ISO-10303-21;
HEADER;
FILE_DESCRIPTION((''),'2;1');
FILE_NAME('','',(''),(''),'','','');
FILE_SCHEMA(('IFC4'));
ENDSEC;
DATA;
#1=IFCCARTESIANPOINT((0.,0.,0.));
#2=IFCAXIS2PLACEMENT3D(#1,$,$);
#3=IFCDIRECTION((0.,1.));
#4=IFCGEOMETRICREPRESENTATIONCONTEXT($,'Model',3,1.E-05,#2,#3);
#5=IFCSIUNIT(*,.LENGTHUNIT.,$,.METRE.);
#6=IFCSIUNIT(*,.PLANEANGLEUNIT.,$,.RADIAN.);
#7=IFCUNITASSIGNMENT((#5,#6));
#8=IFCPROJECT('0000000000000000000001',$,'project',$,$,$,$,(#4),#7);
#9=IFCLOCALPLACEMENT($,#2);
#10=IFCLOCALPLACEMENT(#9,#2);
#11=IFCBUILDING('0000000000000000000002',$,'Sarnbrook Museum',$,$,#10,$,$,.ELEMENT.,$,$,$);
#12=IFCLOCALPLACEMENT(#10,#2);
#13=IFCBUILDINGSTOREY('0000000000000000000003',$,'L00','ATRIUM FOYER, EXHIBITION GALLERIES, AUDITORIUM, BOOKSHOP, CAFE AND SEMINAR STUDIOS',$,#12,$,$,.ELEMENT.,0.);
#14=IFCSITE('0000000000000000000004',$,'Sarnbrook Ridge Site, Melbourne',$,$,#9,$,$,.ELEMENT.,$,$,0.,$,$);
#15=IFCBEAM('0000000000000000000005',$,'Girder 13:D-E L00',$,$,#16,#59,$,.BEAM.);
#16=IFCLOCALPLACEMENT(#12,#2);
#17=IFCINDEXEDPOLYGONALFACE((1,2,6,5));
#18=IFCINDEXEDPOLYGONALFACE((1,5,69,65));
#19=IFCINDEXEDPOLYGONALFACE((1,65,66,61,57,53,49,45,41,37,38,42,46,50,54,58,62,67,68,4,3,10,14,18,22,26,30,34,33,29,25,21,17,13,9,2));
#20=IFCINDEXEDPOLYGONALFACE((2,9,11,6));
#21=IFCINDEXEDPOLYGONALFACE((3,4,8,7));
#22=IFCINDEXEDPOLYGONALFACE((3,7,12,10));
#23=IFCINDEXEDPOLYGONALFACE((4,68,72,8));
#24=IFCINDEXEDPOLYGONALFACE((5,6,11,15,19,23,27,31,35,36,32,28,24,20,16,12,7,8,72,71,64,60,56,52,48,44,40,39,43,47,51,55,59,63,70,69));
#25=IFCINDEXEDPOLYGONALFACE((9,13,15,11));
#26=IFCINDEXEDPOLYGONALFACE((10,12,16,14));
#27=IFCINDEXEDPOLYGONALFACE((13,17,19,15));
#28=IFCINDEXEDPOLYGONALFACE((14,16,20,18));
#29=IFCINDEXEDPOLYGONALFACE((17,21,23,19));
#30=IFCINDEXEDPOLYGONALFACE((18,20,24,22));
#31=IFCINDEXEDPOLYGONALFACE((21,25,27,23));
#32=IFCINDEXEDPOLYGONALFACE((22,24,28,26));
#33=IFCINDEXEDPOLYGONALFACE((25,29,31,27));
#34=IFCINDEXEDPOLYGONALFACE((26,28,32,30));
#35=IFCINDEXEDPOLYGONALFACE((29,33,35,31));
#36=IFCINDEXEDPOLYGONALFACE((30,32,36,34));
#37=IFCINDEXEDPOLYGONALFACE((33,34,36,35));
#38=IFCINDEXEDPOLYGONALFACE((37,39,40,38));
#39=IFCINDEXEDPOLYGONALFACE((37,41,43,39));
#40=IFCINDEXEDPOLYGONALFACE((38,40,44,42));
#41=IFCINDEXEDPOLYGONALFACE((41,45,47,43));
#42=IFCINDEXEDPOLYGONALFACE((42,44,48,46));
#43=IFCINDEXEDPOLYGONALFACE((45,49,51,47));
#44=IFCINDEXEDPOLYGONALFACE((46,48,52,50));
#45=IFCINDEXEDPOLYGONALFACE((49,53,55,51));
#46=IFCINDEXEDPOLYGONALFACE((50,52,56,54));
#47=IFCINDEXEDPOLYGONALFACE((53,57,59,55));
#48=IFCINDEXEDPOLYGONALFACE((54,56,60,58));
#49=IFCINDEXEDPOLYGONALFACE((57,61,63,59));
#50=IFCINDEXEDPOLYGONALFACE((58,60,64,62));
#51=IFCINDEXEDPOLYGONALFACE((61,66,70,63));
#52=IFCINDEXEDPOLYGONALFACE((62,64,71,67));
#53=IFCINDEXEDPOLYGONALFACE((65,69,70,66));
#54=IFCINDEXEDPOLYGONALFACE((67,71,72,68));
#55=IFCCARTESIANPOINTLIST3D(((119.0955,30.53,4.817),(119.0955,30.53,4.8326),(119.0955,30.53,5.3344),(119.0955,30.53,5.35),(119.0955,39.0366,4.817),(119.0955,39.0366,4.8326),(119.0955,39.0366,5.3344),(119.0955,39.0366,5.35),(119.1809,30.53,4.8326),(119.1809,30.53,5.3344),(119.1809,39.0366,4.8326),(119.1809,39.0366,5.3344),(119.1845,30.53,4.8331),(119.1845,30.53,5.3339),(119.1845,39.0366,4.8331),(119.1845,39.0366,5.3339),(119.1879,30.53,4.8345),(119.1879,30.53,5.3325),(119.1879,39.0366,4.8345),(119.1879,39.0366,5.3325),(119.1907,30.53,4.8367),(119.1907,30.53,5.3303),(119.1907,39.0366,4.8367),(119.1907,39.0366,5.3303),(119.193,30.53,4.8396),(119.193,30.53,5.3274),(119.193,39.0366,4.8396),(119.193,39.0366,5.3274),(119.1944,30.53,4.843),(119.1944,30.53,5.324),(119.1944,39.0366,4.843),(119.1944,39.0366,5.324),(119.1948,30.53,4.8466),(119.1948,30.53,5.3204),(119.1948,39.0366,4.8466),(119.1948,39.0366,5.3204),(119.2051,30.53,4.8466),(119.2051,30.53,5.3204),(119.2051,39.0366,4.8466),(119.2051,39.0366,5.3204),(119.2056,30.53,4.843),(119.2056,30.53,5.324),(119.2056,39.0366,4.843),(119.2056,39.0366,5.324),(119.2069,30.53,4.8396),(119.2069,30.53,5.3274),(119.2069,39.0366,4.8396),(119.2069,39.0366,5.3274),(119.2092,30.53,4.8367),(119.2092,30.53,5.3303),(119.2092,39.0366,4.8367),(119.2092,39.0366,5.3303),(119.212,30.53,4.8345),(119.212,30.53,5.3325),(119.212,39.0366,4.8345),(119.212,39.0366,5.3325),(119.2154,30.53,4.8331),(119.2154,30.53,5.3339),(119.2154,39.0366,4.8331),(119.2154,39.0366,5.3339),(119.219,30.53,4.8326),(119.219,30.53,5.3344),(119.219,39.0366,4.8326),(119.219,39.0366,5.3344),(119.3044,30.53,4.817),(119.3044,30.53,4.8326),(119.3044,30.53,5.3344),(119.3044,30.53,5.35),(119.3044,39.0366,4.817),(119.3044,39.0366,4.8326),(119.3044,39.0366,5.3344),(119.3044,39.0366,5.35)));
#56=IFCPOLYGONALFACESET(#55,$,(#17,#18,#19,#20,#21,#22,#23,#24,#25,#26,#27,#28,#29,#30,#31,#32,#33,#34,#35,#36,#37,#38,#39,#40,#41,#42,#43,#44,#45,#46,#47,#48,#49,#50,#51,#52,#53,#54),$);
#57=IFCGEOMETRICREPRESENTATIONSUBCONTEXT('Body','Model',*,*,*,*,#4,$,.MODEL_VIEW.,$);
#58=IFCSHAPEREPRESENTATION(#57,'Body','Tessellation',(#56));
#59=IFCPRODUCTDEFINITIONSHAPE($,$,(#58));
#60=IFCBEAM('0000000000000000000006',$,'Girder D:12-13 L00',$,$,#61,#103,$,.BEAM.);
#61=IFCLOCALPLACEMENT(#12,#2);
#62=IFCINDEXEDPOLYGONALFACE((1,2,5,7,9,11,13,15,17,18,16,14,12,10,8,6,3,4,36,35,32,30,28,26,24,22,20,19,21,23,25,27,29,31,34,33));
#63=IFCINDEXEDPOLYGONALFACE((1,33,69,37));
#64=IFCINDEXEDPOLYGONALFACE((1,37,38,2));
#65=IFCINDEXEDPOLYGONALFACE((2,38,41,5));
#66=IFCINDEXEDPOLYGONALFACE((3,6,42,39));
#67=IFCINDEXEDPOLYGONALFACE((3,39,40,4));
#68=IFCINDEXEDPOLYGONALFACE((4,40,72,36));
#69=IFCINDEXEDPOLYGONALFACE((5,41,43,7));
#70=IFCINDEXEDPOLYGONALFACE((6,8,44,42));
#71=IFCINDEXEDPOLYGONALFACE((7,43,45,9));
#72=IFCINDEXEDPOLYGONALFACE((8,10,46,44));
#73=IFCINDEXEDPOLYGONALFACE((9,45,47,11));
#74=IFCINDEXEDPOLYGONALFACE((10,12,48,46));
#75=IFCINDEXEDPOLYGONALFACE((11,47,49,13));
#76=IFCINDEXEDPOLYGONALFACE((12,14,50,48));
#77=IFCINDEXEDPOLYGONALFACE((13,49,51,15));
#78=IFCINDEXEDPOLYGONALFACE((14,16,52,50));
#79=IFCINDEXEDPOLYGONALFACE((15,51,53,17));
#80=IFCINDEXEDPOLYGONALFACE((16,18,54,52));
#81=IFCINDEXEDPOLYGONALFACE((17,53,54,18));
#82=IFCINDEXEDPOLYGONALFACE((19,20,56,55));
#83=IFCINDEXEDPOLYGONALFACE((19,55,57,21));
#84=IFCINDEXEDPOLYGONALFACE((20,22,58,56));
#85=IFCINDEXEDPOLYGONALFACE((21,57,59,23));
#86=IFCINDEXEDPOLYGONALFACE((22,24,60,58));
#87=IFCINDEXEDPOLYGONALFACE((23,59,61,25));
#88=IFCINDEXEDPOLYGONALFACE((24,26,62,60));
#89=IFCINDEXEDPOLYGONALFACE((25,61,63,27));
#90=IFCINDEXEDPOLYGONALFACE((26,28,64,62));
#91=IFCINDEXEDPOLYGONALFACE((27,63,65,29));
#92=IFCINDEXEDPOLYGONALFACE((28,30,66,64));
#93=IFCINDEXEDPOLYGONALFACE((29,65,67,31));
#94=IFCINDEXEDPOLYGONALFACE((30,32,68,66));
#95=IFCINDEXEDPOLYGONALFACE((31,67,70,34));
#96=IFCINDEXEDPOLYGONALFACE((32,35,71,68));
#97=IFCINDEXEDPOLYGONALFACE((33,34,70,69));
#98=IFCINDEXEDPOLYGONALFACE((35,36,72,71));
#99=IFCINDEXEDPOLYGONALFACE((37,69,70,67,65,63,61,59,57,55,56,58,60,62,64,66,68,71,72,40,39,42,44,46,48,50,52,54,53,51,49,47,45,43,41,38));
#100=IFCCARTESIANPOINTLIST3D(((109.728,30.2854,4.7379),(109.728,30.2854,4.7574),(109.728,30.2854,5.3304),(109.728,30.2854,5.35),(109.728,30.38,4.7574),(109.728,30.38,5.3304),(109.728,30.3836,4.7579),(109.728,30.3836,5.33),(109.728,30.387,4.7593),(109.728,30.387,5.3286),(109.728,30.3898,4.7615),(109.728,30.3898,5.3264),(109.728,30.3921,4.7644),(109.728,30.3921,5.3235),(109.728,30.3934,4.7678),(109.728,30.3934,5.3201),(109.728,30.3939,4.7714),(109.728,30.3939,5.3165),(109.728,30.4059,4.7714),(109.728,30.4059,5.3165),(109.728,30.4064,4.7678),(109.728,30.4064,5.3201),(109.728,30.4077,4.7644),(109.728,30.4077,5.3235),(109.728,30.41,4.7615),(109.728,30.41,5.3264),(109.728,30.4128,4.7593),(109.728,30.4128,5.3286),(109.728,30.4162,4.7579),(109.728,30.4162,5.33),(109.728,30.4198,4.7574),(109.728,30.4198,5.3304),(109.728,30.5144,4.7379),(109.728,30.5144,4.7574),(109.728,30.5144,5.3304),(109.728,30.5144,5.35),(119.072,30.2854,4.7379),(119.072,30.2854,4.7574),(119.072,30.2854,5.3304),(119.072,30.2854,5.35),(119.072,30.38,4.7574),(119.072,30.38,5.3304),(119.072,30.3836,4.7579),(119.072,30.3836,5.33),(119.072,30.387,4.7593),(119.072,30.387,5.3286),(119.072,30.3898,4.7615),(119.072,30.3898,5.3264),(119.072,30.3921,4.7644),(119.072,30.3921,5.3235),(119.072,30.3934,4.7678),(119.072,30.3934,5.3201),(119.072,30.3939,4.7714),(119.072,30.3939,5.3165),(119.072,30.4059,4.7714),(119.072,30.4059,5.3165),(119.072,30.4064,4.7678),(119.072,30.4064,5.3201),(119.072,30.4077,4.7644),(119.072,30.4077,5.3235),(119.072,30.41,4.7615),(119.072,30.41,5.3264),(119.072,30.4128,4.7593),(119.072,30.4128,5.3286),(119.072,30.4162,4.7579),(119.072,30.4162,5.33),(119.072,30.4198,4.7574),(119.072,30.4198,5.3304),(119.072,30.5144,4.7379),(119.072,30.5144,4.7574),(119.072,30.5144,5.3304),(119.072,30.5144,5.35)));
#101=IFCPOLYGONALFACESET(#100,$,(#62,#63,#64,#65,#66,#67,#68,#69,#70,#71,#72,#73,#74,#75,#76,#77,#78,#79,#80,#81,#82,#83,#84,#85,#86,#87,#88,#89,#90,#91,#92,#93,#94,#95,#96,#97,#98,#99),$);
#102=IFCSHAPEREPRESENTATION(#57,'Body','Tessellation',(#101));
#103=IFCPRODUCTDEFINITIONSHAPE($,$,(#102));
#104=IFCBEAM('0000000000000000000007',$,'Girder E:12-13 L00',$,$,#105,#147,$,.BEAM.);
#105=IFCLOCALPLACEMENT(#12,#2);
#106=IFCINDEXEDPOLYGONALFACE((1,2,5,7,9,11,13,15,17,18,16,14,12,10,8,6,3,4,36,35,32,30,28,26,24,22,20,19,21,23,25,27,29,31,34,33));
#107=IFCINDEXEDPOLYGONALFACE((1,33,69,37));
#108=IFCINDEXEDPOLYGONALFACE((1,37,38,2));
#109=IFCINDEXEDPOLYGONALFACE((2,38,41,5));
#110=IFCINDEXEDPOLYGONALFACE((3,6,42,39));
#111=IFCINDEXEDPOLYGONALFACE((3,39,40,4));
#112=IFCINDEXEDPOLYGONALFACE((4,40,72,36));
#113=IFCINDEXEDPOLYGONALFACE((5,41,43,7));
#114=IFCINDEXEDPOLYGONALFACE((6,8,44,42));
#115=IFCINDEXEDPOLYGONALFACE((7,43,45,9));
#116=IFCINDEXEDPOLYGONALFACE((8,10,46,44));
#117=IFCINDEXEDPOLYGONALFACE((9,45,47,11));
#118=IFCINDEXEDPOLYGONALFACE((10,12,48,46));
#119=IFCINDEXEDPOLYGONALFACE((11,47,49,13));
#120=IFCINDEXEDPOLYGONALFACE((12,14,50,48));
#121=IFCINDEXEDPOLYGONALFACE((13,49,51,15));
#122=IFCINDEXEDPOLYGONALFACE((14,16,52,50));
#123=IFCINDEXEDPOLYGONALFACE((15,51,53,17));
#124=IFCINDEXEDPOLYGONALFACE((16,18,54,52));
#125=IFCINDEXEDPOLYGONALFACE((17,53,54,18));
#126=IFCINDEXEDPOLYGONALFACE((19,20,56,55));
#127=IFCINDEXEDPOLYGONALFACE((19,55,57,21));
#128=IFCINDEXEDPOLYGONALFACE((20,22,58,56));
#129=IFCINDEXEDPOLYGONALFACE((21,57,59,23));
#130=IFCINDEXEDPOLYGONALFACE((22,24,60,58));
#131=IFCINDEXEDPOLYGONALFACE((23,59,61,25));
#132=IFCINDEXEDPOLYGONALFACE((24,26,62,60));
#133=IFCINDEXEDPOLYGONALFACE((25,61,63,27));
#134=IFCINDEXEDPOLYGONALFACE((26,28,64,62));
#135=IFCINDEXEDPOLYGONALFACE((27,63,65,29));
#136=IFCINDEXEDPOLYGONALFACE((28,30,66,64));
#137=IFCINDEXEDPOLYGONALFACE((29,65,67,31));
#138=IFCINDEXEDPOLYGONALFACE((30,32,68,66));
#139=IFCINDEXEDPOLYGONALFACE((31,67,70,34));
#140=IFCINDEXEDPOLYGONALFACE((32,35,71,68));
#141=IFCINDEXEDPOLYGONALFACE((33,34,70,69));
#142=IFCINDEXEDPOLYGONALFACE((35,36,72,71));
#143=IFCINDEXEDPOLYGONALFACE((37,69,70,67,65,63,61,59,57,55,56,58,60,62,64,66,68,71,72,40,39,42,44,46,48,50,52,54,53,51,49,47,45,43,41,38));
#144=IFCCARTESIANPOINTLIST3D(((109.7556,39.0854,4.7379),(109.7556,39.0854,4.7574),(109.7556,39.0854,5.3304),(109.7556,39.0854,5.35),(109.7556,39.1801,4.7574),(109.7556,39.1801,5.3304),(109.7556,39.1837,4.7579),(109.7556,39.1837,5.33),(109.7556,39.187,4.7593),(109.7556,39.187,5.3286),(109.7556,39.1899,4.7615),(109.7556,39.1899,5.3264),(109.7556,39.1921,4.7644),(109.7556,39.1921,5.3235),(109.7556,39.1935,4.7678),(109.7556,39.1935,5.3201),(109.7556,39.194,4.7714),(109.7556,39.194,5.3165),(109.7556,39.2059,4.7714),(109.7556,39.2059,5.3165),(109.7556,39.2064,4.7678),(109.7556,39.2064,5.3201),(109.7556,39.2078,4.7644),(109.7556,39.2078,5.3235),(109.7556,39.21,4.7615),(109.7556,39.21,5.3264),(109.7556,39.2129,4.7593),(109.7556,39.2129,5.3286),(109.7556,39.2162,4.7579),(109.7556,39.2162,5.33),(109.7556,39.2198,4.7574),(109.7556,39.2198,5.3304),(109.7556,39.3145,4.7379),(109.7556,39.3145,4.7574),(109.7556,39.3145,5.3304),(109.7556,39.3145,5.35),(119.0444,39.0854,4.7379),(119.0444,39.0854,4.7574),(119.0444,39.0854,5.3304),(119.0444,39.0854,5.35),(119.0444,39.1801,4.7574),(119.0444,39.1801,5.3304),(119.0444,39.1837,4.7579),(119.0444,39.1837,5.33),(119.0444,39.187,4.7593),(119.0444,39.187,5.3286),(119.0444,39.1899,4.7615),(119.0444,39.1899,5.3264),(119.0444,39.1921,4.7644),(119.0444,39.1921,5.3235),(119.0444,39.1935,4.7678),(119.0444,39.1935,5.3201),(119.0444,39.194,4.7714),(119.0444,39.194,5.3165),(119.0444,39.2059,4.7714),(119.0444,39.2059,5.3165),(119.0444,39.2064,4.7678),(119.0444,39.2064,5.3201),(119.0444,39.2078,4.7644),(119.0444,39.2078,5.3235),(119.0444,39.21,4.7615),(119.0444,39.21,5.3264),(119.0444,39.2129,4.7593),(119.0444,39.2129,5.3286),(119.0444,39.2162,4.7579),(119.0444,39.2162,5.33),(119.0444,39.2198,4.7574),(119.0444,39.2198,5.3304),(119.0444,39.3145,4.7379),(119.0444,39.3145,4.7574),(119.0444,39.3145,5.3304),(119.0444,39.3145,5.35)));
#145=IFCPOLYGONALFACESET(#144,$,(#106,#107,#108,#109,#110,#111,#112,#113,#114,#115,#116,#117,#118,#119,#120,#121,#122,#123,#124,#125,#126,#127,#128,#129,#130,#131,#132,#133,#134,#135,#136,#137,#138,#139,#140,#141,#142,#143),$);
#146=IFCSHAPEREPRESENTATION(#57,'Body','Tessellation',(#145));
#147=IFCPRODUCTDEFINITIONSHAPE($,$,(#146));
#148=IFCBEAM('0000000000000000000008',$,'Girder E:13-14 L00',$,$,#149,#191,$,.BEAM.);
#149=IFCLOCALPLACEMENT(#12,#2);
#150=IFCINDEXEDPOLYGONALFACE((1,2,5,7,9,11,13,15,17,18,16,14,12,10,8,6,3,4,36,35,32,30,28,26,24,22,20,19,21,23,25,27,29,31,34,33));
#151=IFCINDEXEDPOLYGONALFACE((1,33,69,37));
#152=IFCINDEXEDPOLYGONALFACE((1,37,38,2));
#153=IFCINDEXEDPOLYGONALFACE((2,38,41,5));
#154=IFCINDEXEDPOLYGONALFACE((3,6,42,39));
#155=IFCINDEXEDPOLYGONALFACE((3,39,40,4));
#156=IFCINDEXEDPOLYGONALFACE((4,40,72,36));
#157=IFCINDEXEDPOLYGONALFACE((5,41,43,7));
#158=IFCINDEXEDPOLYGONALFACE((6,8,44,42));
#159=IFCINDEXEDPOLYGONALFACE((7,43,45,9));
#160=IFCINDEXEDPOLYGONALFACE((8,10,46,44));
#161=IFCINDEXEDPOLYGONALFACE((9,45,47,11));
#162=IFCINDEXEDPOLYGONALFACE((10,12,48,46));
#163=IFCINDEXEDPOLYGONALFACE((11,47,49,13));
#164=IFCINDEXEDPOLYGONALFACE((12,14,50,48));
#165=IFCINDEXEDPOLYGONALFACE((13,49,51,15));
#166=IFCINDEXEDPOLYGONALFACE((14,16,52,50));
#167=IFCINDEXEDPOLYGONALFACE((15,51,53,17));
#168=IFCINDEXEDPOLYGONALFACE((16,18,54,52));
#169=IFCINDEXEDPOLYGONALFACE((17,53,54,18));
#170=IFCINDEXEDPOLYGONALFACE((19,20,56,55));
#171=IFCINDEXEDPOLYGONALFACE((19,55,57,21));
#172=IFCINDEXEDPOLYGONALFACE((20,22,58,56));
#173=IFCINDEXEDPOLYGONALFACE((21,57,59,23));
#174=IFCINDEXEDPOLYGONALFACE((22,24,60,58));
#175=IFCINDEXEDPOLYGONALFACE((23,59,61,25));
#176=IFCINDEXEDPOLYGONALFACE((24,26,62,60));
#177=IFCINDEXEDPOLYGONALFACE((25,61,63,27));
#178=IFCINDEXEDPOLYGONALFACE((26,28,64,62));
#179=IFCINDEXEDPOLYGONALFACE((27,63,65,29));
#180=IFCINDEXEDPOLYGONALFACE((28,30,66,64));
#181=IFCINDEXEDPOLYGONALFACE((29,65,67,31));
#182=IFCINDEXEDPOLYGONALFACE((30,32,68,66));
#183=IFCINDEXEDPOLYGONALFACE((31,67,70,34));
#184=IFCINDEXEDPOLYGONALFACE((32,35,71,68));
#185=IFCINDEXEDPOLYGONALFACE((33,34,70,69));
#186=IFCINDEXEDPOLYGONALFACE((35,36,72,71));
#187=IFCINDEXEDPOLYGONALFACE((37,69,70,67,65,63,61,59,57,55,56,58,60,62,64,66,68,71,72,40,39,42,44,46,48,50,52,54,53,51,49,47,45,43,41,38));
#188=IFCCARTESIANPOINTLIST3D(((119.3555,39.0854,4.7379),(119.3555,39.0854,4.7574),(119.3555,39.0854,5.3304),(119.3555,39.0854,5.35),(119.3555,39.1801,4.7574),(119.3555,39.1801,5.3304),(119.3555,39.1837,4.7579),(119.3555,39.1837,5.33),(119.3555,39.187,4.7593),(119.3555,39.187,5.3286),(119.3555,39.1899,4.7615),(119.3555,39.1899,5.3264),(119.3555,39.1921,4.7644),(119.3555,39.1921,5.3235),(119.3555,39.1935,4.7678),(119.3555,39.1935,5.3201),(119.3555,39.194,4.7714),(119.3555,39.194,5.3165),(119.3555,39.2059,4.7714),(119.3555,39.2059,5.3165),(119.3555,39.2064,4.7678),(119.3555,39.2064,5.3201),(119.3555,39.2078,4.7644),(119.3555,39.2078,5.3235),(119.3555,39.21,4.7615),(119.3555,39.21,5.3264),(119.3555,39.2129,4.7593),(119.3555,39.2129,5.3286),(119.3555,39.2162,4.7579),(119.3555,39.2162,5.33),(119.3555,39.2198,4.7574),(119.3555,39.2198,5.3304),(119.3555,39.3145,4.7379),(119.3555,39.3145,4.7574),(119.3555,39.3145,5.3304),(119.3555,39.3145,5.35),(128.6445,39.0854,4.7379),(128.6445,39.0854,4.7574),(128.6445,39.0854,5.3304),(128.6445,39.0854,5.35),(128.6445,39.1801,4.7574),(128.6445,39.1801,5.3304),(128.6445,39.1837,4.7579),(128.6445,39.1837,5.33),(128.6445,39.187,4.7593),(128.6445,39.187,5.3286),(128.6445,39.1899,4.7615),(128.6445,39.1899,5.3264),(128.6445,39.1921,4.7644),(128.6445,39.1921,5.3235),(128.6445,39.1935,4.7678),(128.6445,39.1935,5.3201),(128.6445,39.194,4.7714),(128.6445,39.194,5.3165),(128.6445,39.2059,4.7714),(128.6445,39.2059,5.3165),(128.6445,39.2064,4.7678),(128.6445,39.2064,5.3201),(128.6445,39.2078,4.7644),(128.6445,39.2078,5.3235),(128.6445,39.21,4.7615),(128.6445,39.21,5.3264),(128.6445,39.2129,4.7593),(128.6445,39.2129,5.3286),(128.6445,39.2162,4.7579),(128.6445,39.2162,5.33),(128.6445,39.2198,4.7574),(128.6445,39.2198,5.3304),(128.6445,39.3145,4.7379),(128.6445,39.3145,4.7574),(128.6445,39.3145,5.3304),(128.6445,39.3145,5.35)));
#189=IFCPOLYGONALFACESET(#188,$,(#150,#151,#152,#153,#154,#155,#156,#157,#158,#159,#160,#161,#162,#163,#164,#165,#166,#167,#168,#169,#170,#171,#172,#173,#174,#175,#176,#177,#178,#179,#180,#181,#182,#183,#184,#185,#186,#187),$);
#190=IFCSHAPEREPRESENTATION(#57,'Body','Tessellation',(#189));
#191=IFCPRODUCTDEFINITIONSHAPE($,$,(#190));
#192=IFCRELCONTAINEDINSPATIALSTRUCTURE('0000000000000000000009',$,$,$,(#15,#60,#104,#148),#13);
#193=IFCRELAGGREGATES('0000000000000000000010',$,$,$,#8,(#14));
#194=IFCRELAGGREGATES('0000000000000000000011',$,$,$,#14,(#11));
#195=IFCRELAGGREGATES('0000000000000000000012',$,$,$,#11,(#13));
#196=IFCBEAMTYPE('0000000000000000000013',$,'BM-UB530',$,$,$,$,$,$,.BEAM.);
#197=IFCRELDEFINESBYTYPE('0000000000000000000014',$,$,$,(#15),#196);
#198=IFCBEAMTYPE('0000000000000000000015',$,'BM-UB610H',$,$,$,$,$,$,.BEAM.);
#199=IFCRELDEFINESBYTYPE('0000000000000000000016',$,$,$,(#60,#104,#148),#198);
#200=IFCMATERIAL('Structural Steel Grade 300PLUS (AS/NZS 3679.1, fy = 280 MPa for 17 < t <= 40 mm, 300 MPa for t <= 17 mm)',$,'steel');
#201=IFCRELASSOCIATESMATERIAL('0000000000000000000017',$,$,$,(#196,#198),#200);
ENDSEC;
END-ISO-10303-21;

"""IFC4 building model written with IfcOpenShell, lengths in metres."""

from ifc_helpers import new_model, si_unit, direction, frame, origin, origin_2d, place, context, subcontext, project, spatial, i_section, extrude, material, material_profile, profile_set, type_object, element, save


model = new_model("IFC4")

# Units and contexts
model_context = context("Model", 3, precision=1e-05, world=origin(), true_north=direction((0.0, 1.0)))
body_context = subcontext(model_context, "Body", "Model", "MODEL_VIEW")
ifc_project = project(units=[si_unit("LENGTHUNIT", "METRE"), si_unit("PLANEANGLEUNIT", "RADIAN")], contexts=[model_context])

# Site, building, storey
site_placement = place(None, origin())
site = spatial("IfcSite", under=ifc_project, at=site_placement, Name="Sarnbrook Ridge Site, Melbourne", CompositionType="ELEMENT", RefElevation=0.0)
building_placement = place(site_placement, origin())
building = spatial("IfcBuilding", under=site, at=building_placement, Name="Sarnbrook Museum", CompositionType="ELEMENT")
storey_placement = place(building_placement, origin())
storey = spatial("IfcBuildingStorey", under=building, at=storey_placement, Name="L00", Description="ATRIUM FOYER, EXHIBITION GALLERIES, AUDITORIUM, BOOKSHOP, CAFE AND SEMINAR STUDIOS", CompositionType="ELEMENT", Elevation=0.0)

# Shared definitions
ifc_material_1 = material(Name="Structural Steel Grade 300PLUS (AS/NZS 3679.1, fy = 280 MPa for 17 < t <= 40 mm, 300 MPa for t <= 17 mm)", Category="steel")

# Beams
ifc_material_profile_1 = material_profile(ifc_material_1, i_section(OverallWidth=0.209, OverallDepth=0.533, WebThickness=0.0103, FlangeThickness=0.0156, FilletRadius=0.0139, at=origin_2d()), Name="530UB92.4")
ifc_profile_set_1 = profile_set([ifc_material_profile_1], Name="Structural Steel Grade 300PLUS (AS/NZS 3679.1, fy = 280 MPa for 17 < t <= 40 mm, 300 MPa for t <= 17 mm)")
beam_type_1 = type_object("IfcBeamType", Name="BM-UB530", PredefinedType="BEAM", material=ifc_profile_set_1)
beam_1_placement = place(storey_placement, frame((119.2, 30.53, 5.0835), z_axis=(0.0, 1.0, 0.0), x_axis=(-1.0, 0.0, 0.0)))
element("IfcBeam", 1, at=beam_1_placement, inside=storey, type_object=beam_type_1, Name="Girder 13:D-E L00", PredefinedType="BEAM", context=body_context, shape_type="SweptSolid", body=[
    extrude(i_section(OverallWidth=0.209, OverallDepth=0.533, WebThickness=0.0103, FlangeThickness=0.0156, FilletRadius=0.0139, at=origin_2d()), origin(), (0.0, 0.0, 1.0), 8.5066),
])
ifc_material_profile_2 = material_profile(ifc_material_1, i_section(OverallWidth=0.229, OverallDepth=0.6121, WebThickness=0.012, FlangeThickness=0.0195, FilletRadius=0.0139, at=origin_2d()), Name="610UB125")
ifc_profile_set_2 = profile_set([ifc_material_profile_2], Name="Structural Steel Grade 300PLUS (AS/NZS 3679.1, fy = 280 MPa for 17 < t <= 40 mm, 300 MPa for t <= 17 mm)")
beam_type_2 = type_object("IfcBeamType", Name="BM-UB610H", PredefinedType="BEAM", material=ifc_profile_set_2)
beam_2_placement = place(storey_placement, frame((109.728, 30.3999, 5.0439), z_axis=(1.0, 0.0, 0.0), x_axis=(0.0, 1.0, 0.0)))
element("IfcBeam", 2, at=beam_2_placement, inside=storey, type_object=beam_type_2, Name="Girder D:12-13 L00", PredefinedType="BEAM", context=body_context, shape_type="SweptSolid", body=[
    extrude(i_section(OverallWidth=0.229, OverallDepth=0.6121, WebThickness=0.012, FlangeThickness=0.0195, FilletRadius=0.0139, at=origin_2d()), origin(), (0.0, 0.0, 1.0), 9.344),
])
beam_3_placement = place(storey_placement, frame((109.7556, 39.2, 5.0439), z_axis=(1.0, 0.0, 0.0), x_axis=(0.0, 1.0, 0.0)))
element("IfcBeam", 3, at=beam_3_placement, inside=storey, type_object=beam_type_2, Name="Girder E:12-13 L00", PredefinedType="BEAM", context=body_context, shape_type="SweptSolid", body=[
    extrude(i_section(OverallWidth=0.229, OverallDepth=0.6121, WebThickness=0.012, FlangeThickness=0.0195, FilletRadius=0.0139, at=origin_2d()), origin(), (0.0, 0.0, 1.0), 9.2888),
])
beam_4_placement = place(storey_placement, frame((119.3555, 39.2, 5.0439), z_axis=(1.0, 0.0, 0.0), x_axis=(0.0, 1.0, 0.0)))
element("IfcBeam", 4, at=beam_4_placement, inside=storey, type_object=beam_type_2, Name="Girder E:13-14 L00", PredefinedType="BEAM", context=body_context, shape_type="SweptSolid", body=[
    extrude(i_section(OverallWidth=0.229, OverallDepth=0.6121, WebThickness=0.012, FlangeThickness=0.0195, FilletRadius=0.0139, at=origin_2d()), origin(), (0.0, 0.0, 1.0), 9.2891),
])

save(model, "model.ifc")
